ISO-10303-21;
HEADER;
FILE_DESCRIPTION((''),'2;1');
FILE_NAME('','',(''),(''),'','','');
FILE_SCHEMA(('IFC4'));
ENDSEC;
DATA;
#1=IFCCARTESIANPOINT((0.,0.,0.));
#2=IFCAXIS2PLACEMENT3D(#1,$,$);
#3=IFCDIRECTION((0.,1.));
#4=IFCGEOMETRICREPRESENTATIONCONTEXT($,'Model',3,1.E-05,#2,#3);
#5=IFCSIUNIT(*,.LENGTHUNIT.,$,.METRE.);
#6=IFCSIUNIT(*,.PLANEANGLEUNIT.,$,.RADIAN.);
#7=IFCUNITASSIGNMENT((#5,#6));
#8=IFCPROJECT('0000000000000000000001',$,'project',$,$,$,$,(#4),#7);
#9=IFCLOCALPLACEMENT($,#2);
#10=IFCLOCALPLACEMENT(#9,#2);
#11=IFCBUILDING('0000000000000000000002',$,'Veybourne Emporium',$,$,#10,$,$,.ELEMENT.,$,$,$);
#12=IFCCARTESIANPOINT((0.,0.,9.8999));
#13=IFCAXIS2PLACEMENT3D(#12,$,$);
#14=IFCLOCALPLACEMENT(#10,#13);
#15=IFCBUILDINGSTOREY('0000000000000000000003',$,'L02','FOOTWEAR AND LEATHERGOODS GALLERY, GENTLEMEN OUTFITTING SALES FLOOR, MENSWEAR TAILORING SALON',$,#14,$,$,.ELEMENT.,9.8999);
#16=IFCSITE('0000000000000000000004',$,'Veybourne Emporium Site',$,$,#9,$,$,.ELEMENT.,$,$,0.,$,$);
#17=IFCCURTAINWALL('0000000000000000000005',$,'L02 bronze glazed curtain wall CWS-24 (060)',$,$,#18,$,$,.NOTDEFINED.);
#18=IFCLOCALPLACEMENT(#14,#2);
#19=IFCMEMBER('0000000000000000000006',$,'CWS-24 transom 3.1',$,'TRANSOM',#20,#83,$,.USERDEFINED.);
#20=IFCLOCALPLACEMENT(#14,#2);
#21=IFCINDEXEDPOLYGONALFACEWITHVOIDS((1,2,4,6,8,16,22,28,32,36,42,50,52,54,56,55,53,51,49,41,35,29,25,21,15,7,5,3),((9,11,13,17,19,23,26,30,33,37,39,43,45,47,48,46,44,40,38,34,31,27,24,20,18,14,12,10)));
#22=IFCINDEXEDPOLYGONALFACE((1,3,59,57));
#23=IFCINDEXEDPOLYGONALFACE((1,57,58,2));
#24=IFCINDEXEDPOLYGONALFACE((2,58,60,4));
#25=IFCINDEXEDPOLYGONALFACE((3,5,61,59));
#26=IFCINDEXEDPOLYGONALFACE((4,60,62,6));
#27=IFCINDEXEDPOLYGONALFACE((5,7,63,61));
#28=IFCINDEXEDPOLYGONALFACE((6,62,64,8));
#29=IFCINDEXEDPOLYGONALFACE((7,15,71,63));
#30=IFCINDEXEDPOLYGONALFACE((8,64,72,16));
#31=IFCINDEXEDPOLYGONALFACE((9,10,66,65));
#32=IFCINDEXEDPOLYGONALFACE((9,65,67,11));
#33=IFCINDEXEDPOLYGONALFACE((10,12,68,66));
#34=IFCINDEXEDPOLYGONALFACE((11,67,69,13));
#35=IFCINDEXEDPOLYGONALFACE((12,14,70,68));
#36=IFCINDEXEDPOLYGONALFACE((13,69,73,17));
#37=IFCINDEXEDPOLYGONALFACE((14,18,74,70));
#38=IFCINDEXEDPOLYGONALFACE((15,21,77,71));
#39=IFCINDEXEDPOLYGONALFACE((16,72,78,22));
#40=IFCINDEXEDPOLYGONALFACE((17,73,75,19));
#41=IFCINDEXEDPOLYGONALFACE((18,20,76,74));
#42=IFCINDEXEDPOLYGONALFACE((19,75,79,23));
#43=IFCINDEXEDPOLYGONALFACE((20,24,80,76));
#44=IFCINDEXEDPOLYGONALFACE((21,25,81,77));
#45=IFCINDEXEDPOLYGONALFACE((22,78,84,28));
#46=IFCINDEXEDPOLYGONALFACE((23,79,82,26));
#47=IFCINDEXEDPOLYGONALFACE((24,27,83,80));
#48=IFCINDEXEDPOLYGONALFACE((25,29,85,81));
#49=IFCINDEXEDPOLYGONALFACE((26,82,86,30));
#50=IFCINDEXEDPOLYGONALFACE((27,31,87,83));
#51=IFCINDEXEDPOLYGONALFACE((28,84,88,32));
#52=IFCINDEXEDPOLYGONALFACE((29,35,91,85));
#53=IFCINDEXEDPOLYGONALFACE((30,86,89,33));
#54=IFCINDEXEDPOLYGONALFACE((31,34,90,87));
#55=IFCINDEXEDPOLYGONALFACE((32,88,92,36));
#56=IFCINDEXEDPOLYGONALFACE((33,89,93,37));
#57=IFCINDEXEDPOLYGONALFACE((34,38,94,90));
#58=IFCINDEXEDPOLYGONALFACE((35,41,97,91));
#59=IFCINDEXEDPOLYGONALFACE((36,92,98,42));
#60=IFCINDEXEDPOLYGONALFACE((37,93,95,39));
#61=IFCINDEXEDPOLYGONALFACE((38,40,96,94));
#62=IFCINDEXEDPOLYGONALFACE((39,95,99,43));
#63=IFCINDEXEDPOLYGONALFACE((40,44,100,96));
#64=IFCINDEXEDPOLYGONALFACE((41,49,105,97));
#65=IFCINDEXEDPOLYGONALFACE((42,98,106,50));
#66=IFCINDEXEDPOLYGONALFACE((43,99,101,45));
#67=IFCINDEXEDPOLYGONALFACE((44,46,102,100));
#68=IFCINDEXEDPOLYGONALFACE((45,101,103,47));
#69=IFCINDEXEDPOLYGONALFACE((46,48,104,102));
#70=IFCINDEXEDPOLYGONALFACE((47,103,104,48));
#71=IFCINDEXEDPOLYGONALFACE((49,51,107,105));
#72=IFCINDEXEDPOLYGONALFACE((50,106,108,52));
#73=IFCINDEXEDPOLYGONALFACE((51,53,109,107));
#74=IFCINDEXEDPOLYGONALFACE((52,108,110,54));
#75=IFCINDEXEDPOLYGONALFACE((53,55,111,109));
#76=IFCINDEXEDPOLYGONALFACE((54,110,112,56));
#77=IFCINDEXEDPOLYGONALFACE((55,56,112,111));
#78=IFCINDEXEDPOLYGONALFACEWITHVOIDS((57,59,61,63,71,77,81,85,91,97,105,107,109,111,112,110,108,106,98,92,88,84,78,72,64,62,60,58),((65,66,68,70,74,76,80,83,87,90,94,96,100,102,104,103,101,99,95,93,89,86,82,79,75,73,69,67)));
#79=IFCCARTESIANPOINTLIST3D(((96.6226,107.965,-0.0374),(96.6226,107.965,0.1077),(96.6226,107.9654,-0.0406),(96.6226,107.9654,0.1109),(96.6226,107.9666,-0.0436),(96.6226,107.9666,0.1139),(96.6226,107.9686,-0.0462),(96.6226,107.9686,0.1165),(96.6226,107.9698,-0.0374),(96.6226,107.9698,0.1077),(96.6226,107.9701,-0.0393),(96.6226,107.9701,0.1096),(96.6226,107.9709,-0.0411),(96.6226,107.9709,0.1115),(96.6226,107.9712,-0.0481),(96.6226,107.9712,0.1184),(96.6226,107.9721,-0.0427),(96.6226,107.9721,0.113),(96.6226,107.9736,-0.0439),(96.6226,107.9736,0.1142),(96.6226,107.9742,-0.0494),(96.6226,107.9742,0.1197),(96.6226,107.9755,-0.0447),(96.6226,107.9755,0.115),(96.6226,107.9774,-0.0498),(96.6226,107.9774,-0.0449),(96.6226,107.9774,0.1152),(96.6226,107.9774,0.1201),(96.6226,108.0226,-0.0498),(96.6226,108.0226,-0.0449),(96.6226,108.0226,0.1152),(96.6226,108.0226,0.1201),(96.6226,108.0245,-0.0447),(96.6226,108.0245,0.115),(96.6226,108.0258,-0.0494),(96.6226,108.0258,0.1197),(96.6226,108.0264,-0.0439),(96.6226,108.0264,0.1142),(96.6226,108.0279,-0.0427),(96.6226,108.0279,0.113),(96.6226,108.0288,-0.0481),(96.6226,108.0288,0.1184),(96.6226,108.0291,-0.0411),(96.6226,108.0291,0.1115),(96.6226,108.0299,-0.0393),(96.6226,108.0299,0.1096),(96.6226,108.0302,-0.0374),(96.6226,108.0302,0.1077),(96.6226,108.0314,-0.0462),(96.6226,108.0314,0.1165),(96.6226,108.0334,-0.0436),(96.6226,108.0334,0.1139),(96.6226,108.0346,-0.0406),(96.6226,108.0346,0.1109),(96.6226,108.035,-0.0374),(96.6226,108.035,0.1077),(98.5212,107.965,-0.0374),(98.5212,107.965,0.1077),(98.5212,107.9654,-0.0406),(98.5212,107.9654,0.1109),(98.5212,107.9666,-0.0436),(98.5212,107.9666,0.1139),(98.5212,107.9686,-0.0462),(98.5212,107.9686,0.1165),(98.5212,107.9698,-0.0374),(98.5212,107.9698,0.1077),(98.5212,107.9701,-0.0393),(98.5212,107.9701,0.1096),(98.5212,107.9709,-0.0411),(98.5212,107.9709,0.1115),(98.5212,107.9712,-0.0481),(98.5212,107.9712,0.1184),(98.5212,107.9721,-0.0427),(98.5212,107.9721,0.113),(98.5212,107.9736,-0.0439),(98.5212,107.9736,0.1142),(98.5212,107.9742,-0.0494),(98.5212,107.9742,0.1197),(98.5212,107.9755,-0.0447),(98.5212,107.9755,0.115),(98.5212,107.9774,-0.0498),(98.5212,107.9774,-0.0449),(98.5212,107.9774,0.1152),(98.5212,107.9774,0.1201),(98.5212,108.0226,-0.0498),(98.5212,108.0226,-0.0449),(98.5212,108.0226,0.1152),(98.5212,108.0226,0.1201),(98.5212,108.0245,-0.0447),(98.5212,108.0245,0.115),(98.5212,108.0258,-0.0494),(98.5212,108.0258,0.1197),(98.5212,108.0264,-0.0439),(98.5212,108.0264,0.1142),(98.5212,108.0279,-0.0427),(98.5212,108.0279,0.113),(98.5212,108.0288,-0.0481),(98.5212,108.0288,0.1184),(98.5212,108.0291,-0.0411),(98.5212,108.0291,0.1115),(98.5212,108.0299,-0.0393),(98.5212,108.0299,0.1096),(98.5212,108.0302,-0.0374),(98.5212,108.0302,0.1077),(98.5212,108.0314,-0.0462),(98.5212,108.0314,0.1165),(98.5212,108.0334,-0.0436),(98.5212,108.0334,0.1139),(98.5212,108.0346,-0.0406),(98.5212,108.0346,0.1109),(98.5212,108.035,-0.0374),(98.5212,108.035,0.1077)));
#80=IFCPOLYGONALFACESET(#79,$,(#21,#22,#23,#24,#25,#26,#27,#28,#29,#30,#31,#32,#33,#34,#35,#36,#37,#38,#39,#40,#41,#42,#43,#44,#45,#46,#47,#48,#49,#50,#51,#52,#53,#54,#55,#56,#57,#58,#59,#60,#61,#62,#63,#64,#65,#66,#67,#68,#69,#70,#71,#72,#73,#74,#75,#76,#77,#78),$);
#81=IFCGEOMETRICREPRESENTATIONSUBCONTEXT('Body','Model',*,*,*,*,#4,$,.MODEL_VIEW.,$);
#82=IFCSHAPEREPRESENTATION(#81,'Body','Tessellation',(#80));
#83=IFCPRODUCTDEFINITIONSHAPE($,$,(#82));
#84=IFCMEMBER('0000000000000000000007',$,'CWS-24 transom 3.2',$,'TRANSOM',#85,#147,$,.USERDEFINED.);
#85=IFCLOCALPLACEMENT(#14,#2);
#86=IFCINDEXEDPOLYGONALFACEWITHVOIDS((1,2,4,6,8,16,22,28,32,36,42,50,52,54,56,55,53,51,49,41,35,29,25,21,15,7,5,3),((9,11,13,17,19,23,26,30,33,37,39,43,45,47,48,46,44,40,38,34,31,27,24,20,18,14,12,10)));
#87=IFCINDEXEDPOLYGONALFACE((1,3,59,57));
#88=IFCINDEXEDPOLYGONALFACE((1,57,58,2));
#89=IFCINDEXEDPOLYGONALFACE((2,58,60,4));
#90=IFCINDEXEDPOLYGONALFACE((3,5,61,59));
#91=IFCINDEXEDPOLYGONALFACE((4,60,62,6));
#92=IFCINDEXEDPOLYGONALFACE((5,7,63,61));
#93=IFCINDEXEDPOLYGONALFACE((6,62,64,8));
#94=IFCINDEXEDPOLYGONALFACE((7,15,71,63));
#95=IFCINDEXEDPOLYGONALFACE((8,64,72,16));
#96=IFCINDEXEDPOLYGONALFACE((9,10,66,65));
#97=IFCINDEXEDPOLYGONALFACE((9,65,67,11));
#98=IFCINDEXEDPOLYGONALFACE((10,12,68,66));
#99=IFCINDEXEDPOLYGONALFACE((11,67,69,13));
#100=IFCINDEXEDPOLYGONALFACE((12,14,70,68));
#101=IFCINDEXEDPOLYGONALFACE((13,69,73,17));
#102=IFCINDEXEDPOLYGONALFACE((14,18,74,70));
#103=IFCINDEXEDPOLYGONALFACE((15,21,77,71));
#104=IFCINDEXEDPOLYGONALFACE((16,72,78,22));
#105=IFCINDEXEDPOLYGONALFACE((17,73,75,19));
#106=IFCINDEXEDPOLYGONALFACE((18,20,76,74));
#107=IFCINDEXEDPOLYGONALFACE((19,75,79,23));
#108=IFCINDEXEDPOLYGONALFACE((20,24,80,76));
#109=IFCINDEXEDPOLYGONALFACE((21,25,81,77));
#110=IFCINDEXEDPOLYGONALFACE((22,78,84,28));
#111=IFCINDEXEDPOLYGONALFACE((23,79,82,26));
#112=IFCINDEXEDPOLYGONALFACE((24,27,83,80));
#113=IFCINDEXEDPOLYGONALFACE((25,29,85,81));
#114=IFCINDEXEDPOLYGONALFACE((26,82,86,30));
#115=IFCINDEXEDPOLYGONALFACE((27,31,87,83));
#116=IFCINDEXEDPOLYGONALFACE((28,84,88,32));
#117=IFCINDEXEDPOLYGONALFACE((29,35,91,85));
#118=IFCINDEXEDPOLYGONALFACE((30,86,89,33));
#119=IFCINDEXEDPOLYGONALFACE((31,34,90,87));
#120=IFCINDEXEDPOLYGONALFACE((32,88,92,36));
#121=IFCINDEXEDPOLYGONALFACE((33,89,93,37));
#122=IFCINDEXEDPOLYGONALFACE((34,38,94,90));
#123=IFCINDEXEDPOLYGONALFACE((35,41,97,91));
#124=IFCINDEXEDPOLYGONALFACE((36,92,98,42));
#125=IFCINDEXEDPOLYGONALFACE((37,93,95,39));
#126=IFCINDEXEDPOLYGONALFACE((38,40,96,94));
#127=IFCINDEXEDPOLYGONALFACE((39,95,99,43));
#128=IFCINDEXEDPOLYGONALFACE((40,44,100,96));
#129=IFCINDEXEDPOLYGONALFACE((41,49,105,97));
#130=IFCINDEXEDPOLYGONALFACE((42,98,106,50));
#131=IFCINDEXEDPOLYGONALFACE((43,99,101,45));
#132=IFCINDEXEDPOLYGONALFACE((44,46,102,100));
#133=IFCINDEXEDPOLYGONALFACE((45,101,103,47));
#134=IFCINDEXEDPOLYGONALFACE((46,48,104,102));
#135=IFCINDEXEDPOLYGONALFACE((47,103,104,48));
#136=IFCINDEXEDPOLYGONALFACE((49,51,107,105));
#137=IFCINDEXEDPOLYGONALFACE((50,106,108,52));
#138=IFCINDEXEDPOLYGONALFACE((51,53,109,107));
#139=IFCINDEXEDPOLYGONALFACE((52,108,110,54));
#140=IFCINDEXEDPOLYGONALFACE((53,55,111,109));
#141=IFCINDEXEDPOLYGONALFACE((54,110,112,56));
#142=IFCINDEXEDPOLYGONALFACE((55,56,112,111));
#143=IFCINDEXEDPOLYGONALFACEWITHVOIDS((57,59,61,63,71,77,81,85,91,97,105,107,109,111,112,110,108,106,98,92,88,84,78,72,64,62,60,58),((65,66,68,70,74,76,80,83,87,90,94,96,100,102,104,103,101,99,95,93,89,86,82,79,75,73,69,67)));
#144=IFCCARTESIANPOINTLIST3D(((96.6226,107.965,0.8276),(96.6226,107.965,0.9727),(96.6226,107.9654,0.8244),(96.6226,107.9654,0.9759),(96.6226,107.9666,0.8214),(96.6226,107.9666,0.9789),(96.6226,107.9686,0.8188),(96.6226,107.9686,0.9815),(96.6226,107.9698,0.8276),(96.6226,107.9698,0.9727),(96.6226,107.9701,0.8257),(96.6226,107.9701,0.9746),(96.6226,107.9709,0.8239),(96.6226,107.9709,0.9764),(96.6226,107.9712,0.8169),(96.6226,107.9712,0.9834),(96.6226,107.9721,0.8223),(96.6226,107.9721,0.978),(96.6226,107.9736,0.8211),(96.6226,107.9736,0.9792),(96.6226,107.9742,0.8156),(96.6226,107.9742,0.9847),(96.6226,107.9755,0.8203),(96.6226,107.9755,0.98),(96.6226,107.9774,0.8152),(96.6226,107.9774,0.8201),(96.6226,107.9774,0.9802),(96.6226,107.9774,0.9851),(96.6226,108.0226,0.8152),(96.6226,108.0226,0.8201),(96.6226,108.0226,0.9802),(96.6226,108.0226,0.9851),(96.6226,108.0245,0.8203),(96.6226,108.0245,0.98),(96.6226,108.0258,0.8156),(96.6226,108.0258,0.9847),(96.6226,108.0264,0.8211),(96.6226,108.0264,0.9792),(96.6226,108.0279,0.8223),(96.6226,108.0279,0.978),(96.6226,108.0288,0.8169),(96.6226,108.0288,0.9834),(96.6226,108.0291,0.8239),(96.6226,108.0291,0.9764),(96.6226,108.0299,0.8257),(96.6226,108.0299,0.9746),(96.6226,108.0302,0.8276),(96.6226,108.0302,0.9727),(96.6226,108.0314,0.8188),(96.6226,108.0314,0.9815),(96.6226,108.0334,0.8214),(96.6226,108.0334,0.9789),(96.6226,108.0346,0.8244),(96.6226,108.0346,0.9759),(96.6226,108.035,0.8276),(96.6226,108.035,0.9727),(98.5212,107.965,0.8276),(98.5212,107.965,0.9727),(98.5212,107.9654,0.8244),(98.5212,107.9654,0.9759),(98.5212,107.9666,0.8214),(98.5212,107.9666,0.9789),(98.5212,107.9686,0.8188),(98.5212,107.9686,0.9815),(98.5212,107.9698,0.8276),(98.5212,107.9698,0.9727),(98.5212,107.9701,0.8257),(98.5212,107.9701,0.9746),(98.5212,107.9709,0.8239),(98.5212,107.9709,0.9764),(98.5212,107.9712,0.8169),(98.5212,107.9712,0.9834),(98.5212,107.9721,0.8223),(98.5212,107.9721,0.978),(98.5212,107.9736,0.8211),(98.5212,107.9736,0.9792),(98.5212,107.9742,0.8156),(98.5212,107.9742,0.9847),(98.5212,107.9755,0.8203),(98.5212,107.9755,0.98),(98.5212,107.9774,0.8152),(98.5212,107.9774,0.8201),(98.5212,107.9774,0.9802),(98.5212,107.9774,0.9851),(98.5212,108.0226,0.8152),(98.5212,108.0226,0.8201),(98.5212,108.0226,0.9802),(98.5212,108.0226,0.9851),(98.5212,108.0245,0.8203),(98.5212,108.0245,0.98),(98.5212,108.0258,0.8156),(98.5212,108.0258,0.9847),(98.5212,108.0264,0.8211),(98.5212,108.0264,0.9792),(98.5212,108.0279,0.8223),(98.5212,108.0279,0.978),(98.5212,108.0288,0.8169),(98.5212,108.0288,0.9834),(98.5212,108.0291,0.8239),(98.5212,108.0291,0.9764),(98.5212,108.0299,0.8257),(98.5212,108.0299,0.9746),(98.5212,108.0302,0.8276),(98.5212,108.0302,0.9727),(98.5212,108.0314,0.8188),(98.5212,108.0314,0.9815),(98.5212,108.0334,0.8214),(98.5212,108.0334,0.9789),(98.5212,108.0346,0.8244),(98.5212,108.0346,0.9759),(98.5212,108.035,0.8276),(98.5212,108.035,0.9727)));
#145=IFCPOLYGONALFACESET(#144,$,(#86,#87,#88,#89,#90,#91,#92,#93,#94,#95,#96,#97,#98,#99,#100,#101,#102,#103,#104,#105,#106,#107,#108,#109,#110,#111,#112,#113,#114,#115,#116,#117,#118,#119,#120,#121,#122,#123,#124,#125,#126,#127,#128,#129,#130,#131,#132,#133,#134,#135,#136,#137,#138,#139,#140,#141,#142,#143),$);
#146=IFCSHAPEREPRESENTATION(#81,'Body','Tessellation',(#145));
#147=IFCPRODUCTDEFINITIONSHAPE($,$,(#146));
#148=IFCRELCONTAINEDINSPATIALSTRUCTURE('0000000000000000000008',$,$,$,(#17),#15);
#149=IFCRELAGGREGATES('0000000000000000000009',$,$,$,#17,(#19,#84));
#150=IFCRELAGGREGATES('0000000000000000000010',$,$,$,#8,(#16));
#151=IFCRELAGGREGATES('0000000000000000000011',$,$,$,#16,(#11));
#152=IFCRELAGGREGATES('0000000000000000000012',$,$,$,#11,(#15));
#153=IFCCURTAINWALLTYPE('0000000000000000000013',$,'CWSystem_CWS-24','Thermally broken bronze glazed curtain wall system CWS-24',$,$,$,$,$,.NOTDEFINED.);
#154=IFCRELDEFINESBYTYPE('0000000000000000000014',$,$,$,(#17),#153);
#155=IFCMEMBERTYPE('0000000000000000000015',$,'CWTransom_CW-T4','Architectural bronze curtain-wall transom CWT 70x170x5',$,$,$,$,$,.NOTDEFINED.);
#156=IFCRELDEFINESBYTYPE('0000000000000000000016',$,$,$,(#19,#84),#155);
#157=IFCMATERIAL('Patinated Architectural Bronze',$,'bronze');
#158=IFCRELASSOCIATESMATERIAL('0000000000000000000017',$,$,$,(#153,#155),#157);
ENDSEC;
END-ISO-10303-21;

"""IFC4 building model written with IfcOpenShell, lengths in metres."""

from ifc_helpers import new_model, si_unit, direction, frame, origin, origin_2d, place, context, subcontext, project, spatial, hollow_rectangle, extrude, material, material_profile, profile_set, type_object, element, aggregate, save


model = new_model("IFC4")

# Units and contexts
model_context = context("Model", 3, precision=1e-05, world=origin(), true_north=direction((0.0, 1.0)))
body_context = subcontext(model_context, "Body", "Model", "MODEL_VIEW")
ifc_project = project(units=[si_unit("LENGTHUNIT", "METRE"), si_unit("PLANEANGLEUNIT", "RADIAN")], contexts=[model_context])

# Site, building, storey
site_placement = place(None, origin())
site = spatial("IfcSite", under=ifc_project, at=site_placement, Name="Veybourne Emporium Site", CompositionType="ELEMENT", RefElevation=0.0)
building_placement = place(site_placement, origin())
building = spatial("IfcBuilding", under=site, at=building_placement, Name="Veybourne Emporium", CompositionType="ELEMENT")
storey_placement = place(building_placement, frame((0.0, 0.0, 9.8999)))
storey = spatial("IfcBuildingStorey", under=building, at=storey_placement, Name="L02", Description="FOOTWEAR AND LEATHERGOODS GALLERY, GENTLEMEN OUTFITTING SALES FLOOR, MENSWEAR TAILORING SALON", CompositionType="ELEMENT", Elevation=9.8999)

# Curtain wall, members
ifc_material_1 = material(Name="Patinated Architectural Bronze", Category="bronze")
curtain_wall_type = type_object("IfcCurtainWallType", Name="CWSystem_CWS-24", Description="Thermally broken bronze glazed curtain wall system CWS-24", PredefinedType="NOTDEFINED", material=ifc_material_1)
curtain_wall_placement = place(storey_placement, origin())
curtain_wall = element("IfcCurtainWall", 1, at=curtain_wall_placement, inside=storey, type_object=curtain_wall_type, Name="L02 bronze glazed curtain wall CWS-24 (060)", PredefinedType="NOTDEFINED")
ifc_material_profile_1 = material_profile(ifc_material_1, hollow_rectangle(XDim=0.0701, YDim=0.1699, WallThickness=0.0049, InnerFilletRadius=0.0076, OuterFilletRadius=0.0125, at=origin_2d()), Name="CWT 70x170x5")
ifc_profile_set_1 = profile_set([ifc_material_profile_1], Name="Patinated Architectural Bronze")
member_type_1 = type_object("IfcMemberType", Name="CWTransom_CW-T4", Description="Architectural bronze curtain-wall transom CWT 70x170x5", PredefinedType="NOTDEFINED", material=ifc_profile_set_1)
member_1_placement = place(storey_placement, frame((96.6226, 108.0, 0.0352), z_axis=(1.0, 0.0, 0.0), x_axis=(0.0, 1.0, 0.0)))
member_1 = element("IfcMember", 2, at=member_1_placement, type_object=member_type_1, Name="CWS-24 transom 3.1", ObjectType="TRANSOM", PredefinedType="USERDEFINED", context=body_context, shape_type="SweptSolid", body=[
    extrude(hollow_rectangle(XDim=0.0701, YDim=0.1699, WallThickness=0.0049, InnerFilletRadius=0.0076, OuterFilletRadius=0.0125, at=origin_2d()), origin(), (0.0, 0.0, 1.0), 1.8987),
])
member_2_placement = place(storey_placement, frame((96.6226, 108.0, 0.9001), z_axis=(1.0, 0.0, 0.0), x_axis=(0.0, 1.0, 0.0)))
member_2 = element("IfcMember", 3, at=member_2_placement, type_object=member_type_1, Name="CWS-24 transom 3.2", ObjectType="TRANSOM", PredefinedType="USERDEFINED", context=body_context, shape_type="SweptSolid", body=[
    extrude(hollow_rectangle(XDim=0.0701, YDim=0.1699, WallThickness=0.0049, InnerFilletRadius=0.0076, OuterFilletRadius=0.0125, at=origin_2d()), origin(), (0.0, 0.0, 1.0), 1.8987),
])
aggregate(curtain_wall, [member_1, member_2])

save(model, "model.ifc")
